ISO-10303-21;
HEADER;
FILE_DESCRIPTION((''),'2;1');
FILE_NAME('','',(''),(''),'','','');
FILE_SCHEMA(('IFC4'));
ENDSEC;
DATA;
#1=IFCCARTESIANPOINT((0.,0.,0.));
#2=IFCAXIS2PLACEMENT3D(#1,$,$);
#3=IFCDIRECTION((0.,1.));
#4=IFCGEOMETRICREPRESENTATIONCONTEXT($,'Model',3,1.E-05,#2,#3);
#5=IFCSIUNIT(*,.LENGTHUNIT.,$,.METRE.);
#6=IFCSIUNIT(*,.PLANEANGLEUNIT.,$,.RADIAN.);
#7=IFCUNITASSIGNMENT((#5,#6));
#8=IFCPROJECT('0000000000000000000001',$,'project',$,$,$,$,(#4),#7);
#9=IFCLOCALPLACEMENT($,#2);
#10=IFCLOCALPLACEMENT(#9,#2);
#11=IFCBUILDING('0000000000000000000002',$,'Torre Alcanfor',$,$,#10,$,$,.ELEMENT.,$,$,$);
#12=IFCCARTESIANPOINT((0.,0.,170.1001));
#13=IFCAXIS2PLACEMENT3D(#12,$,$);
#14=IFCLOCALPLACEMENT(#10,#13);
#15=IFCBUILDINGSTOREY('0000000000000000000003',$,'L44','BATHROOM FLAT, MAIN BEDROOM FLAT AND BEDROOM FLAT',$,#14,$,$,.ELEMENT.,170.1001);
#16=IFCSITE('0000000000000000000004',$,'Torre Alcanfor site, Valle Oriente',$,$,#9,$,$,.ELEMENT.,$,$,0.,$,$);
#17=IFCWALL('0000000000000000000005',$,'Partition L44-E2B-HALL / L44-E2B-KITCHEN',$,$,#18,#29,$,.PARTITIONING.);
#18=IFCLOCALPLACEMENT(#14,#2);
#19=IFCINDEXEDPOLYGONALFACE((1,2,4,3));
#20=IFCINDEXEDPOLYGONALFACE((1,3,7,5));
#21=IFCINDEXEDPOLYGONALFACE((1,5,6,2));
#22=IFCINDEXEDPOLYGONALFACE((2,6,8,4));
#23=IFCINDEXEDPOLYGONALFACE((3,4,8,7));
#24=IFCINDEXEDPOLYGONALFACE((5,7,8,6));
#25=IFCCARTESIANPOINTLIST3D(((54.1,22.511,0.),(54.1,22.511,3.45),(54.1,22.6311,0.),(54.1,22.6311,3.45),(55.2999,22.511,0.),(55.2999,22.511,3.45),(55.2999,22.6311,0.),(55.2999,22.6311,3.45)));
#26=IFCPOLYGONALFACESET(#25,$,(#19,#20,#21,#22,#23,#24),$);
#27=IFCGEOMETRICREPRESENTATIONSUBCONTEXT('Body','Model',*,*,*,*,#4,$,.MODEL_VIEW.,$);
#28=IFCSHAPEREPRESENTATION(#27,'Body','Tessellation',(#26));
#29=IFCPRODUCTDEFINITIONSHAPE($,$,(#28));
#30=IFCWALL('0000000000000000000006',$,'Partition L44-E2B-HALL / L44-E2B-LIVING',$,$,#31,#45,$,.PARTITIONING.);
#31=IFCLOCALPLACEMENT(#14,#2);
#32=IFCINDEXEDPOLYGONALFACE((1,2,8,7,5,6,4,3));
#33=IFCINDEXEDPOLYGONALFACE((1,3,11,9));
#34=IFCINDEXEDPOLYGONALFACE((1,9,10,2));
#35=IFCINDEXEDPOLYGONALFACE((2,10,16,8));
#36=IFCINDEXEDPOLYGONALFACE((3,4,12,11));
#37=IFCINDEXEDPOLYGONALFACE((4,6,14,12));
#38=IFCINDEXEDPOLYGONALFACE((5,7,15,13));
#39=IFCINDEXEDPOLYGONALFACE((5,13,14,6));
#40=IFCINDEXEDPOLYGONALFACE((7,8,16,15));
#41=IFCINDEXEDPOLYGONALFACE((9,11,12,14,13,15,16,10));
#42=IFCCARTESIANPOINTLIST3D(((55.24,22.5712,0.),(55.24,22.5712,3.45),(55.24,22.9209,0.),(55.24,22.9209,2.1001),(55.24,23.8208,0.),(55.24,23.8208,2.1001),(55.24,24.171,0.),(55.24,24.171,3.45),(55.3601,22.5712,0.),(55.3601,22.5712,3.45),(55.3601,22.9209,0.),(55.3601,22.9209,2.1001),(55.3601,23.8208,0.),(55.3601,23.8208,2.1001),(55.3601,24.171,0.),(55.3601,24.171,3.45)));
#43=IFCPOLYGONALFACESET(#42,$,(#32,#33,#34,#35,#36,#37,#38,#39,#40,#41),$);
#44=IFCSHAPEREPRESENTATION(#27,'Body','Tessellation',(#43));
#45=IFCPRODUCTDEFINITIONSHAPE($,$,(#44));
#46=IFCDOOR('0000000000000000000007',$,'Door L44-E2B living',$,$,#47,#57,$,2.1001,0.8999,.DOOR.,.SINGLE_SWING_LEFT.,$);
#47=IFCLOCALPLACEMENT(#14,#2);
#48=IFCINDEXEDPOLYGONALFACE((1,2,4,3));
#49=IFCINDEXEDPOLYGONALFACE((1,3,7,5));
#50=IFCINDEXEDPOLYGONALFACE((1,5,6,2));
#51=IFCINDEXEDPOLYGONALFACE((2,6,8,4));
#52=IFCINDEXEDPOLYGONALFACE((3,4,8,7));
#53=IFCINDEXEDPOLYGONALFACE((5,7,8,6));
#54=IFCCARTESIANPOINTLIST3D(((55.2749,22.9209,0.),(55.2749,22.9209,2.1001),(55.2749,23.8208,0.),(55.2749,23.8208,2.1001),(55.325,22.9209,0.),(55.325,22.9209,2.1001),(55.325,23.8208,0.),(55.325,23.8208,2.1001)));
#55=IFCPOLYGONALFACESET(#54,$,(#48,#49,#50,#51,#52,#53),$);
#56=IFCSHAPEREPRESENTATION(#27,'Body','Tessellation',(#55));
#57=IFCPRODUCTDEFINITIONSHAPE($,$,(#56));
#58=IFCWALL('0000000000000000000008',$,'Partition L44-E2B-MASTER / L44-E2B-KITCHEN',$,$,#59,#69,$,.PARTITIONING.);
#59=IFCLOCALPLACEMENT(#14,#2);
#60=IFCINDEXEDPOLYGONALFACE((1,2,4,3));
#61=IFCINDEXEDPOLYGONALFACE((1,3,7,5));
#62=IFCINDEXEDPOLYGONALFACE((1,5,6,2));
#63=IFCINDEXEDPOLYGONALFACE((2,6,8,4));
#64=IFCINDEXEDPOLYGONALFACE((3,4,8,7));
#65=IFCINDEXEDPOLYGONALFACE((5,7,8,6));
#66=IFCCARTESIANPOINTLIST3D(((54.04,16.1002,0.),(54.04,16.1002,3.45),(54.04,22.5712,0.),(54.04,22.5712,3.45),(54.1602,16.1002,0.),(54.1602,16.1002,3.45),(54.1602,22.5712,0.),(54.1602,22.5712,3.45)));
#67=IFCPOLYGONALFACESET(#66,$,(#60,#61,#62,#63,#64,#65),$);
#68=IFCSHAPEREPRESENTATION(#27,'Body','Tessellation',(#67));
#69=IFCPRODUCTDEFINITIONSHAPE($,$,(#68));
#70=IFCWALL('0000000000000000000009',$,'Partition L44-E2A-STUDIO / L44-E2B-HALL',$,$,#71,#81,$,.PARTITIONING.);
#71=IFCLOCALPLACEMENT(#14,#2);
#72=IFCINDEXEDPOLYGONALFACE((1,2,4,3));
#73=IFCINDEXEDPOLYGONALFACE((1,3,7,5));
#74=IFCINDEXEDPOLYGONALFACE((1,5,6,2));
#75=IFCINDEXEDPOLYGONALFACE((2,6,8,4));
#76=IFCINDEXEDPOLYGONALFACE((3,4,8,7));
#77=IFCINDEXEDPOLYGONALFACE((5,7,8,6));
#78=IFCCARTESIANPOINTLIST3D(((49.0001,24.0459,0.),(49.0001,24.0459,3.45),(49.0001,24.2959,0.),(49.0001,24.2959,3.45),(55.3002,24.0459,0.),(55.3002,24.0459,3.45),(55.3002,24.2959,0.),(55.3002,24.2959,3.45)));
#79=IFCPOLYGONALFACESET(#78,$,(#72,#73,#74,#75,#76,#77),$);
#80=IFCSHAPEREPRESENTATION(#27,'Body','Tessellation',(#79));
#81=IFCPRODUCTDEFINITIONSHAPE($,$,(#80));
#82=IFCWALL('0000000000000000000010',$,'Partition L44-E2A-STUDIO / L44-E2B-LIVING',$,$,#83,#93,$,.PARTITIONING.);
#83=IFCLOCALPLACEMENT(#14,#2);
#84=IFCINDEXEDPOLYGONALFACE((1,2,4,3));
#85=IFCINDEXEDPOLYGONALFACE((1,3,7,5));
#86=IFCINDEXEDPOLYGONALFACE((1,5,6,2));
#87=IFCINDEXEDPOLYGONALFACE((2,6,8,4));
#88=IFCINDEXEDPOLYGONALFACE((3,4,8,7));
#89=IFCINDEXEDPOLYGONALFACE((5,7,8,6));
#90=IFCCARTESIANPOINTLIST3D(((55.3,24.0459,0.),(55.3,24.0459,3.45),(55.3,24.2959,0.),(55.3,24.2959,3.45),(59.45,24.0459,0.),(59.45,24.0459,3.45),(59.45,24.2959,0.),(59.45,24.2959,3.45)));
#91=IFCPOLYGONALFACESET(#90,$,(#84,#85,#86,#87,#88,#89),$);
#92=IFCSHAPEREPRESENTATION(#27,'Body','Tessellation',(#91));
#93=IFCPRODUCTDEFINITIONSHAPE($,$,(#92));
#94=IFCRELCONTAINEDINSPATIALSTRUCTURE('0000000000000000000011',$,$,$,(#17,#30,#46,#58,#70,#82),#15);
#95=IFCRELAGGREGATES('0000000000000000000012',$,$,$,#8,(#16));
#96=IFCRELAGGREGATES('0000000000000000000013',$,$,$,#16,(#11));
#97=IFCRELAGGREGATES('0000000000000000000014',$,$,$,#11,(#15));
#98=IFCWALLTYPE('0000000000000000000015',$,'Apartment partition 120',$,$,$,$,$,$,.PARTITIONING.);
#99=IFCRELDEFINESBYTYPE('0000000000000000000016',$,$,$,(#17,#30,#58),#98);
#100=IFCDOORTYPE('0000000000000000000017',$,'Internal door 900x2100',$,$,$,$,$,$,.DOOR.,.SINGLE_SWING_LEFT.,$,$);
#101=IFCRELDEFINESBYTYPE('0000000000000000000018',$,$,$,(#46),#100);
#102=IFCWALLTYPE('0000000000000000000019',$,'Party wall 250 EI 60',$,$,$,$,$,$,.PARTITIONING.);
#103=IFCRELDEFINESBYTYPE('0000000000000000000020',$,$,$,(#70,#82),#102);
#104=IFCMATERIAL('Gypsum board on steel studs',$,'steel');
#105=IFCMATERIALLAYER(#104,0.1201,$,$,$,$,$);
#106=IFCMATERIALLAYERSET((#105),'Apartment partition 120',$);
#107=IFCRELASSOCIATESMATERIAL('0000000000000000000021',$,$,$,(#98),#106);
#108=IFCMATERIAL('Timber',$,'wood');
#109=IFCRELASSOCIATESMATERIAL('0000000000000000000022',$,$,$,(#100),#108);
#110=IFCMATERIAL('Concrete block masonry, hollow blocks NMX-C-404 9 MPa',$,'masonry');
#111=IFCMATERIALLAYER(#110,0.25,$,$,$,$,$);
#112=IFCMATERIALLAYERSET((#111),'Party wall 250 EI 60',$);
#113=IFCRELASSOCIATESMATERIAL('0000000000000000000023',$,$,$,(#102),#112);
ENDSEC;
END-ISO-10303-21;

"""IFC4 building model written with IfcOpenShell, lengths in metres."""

from ifc_helpers import new_model, si_unit, direction, frame, frame_2d, origin, place, context, subcontext, project, spatial, rectangle, extrude, material, layer, layer_set, type_object, element, fill, save


model = new_model("IFC4")

# Units and contexts
model_context = context("Model", 3, precision=1e-05, world=origin(), true_north=direction((0.0, 1.0)))
body_context = subcontext(model_context, "Body", "Model", "MODEL_VIEW")
ifc_project = project(units=[si_unit("LENGTHUNIT", "METRE"), si_unit("PLANEANGLEUNIT", "RADIAN")], contexts=[model_context])

# Site, building, storey
site_placement = place(None, origin())
site = spatial("IfcSite", under=ifc_project, at=site_placement, Name="Torre Alcanfor site, Valle Oriente", CompositionType="ELEMENT", RefElevation=0.0)
building_placement = place(site_placement, origin())
building = spatial("IfcBuilding", under=site, at=building_placement, Name="Torre Alcanfor", CompositionType="ELEMENT")
storey_placement = place(building_placement, frame((0.0, 0.0, 170.1001)))
storey = spatial("IfcBuildingStorey", under=building, at=storey_placement, Name="L44", Description="BATHROOM FLAT, MAIN BEDROOM FLAT AND BEDROOM FLAT", CompositionType="ELEMENT", Elevation=170.1001)

# Shared definitions
ifc_material_1 = material(Name="Gypsum board on steel studs", Category="steel")
ifc_layer_1 = layer(ifc_material_1, 0.1201)
ifc_layer_set_1 = layer_set([ifc_layer_1], Name="Apartment partition 120")
wall_type_1 = type_object("IfcWallType", Name="Apartment partition 120", PredefinedType="PARTITIONING", material=ifc_layer_set_1)
ifc_material_2 = material(Name="Timber", Category="wood")
door_type = type_object("IfcDoorType", Name="Internal door 900x2100", OperationType="SINGLE_SWING_LEFT", PredefinedType="DOOR", material=ifc_material_2)

# Wall
wall_1_placement = place(storey_placement, frame((55.3, 22.571, 0.0), z_axis=(0.0, 0.0, 1.0), x_axis=(-1.0, 0.0, 0.0)))
element("IfcWall", 1, at=wall_1_placement, inside=storey, type_object=wall_type_1, Name="Partition L44-E2B-HALL / L44-E2B-KITCHEN", PredefinedType="PARTITIONING", context=body_context, shape_type="SweptSolid", body=[
    extrude(rectangle(XDim=1.2, YDim=0.1201, at=frame_2d((0.6001, 0.0))), origin(), (0.0, 0.0, 1.0), 3.45),
])

# Wall, opening, door
wall_2_placement = place(storey_placement, frame((55.3, 24.1709, 0.0), z_axis=(0.0, 0.0, 1.0), x_axis=(0.0, -1.0, 0.0)))
wall_2 = element("IfcWall", 2, at=wall_2_placement, inside=storey, type_object=wall_type_1, Name="Partition L44-E2B-HALL / L44-E2B-LIVING", PredefinedType="PARTITIONING", context=body_context, shape_type="SweptSolid", body=[
    extrude(rectangle(XDim=1.5999, YDim=0.1201, at=frame_2d((0.7998, 0.0))), origin(), (0.0, 0.0, 1.0), 3.45),
])
opening_1_placement = place(wall_2_placement, frame((0.3501, 0.0, 0.0)))
opening_1 = element("IfcOpeningElement", 3, at=opening_1_placement, cuts=wall_2, PredefinedType="OPENING", context=body_context, shape_type="SweptSolid", body=[
    extrude(rectangle(XDim=0.8999, YDim=2.1001, at=frame_2d((0.45, 1.05))), frame((0.0, 0.0701, 0.0), z_axis=(0.0, -1.0, 0.0), x_axis=(1.0, 0.0, 0.0)), (0.0, 0.0, 1.0), 0.1401),
])
door_1_placement = place(opening_1_placement, origin())
door_1 = element("IfcDoor", 4, at=door_1_placement, inside=storey, type_object=door_type, Name="Door L44-E2B living", OperationType="SINGLE_SWING_LEFT", OverallHeight=2.1001, OverallWidth=0.8999, PredefinedType="DOOR", context=body_context, shape_type="SweptSolid", body=[
    extrude(rectangle(XDim=0.8999, YDim=2.1001, at=frame_2d((0.45, 1.05))), frame((0.0, 0.0249, 0.0), z_axis=(0.0, -1.0, 0.0), x_axis=(1.0, 0.0, 0.0)), (0.0, 0.0, 1.0), 0.05),
])
fill(opening_1, door_1)

# Walls
wall_3_placement = place(storey_placement, frame((54.1001, 22.571, 0.0), z_axis=(0.0, 0.0, 1.0), x_axis=(0.0, -1.0, 0.0)))
element("IfcWall", 5, at=wall_3_placement, inside=storey, type_object=wall_type_1, Name="Partition L44-E2B-MASTER / L44-E2B-KITCHEN", PredefinedType="PARTITIONING", context=body_context, shape_type="SweptSolid", body=[
    extrude(rectangle(XDim=6.4709, YDim=0.1201, at=frame_2d((3.2354, 0.0))), origin(), (0.0, 0.0, 1.0), 3.45),
])
ifc_material_3 = material(Name="Concrete block masonry, hollow blocks NMX-C-404 9 MPa", Category="masonry")
ifc_layer_2 = layer(ifc_material_3, 0.25)
ifc_layer_set_2 = layer_set([ifc_layer_2], Name="Party wall 250 EI 60")
wall_type_2 = type_object("IfcWallType", Name="Party wall 250 EI 60", PredefinedType="PARTITIONING", material=ifc_layer_set_2)
wall_4_placement = place(storey_placement, frame((55.3, 24.1709, 0.0), z_axis=(0.0, 0.0, 1.0), x_axis=(-1.0, 0.0, 0.0)))
element("IfcWall", 6, at=wall_4_placement, inside=storey, type_object=wall_type_2, Name="Partition L44-E2A-STUDIO / L44-E2B-HALL", PredefinedType="PARTITIONING", context=body_context, shape_type="SweptSolid", body=[
    extrude(rectangle(XDim=6.3, YDim=0.25, at=frame_2d((3.1499, 0.0))), origin(), (0.0, 0.0, 1.0), 3.45),
])
wall_5_placement = place(storey_placement, frame((59.45, 24.1709, 0.0), z_axis=(0.0, 0.0, 1.0), x_axis=(-1.0, 0.0, 0.0)))
element("IfcWall", 7, at=wall_5_placement, inside=storey, type_object=wall_type_2, Name="Partition L44-E2A-STUDIO / L44-E2B-LIVING", PredefinedType="PARTITIONING", context=body_context, shape_type="SweptSolid", body=[
    extrude(rectangle(XDim=4.1499, YDim=0.25, at=frame_2d((2.075, 0.0))), origin(), (0.0, 0.0, 1.0), 3.45),
])

save(model, "model.ifc")
